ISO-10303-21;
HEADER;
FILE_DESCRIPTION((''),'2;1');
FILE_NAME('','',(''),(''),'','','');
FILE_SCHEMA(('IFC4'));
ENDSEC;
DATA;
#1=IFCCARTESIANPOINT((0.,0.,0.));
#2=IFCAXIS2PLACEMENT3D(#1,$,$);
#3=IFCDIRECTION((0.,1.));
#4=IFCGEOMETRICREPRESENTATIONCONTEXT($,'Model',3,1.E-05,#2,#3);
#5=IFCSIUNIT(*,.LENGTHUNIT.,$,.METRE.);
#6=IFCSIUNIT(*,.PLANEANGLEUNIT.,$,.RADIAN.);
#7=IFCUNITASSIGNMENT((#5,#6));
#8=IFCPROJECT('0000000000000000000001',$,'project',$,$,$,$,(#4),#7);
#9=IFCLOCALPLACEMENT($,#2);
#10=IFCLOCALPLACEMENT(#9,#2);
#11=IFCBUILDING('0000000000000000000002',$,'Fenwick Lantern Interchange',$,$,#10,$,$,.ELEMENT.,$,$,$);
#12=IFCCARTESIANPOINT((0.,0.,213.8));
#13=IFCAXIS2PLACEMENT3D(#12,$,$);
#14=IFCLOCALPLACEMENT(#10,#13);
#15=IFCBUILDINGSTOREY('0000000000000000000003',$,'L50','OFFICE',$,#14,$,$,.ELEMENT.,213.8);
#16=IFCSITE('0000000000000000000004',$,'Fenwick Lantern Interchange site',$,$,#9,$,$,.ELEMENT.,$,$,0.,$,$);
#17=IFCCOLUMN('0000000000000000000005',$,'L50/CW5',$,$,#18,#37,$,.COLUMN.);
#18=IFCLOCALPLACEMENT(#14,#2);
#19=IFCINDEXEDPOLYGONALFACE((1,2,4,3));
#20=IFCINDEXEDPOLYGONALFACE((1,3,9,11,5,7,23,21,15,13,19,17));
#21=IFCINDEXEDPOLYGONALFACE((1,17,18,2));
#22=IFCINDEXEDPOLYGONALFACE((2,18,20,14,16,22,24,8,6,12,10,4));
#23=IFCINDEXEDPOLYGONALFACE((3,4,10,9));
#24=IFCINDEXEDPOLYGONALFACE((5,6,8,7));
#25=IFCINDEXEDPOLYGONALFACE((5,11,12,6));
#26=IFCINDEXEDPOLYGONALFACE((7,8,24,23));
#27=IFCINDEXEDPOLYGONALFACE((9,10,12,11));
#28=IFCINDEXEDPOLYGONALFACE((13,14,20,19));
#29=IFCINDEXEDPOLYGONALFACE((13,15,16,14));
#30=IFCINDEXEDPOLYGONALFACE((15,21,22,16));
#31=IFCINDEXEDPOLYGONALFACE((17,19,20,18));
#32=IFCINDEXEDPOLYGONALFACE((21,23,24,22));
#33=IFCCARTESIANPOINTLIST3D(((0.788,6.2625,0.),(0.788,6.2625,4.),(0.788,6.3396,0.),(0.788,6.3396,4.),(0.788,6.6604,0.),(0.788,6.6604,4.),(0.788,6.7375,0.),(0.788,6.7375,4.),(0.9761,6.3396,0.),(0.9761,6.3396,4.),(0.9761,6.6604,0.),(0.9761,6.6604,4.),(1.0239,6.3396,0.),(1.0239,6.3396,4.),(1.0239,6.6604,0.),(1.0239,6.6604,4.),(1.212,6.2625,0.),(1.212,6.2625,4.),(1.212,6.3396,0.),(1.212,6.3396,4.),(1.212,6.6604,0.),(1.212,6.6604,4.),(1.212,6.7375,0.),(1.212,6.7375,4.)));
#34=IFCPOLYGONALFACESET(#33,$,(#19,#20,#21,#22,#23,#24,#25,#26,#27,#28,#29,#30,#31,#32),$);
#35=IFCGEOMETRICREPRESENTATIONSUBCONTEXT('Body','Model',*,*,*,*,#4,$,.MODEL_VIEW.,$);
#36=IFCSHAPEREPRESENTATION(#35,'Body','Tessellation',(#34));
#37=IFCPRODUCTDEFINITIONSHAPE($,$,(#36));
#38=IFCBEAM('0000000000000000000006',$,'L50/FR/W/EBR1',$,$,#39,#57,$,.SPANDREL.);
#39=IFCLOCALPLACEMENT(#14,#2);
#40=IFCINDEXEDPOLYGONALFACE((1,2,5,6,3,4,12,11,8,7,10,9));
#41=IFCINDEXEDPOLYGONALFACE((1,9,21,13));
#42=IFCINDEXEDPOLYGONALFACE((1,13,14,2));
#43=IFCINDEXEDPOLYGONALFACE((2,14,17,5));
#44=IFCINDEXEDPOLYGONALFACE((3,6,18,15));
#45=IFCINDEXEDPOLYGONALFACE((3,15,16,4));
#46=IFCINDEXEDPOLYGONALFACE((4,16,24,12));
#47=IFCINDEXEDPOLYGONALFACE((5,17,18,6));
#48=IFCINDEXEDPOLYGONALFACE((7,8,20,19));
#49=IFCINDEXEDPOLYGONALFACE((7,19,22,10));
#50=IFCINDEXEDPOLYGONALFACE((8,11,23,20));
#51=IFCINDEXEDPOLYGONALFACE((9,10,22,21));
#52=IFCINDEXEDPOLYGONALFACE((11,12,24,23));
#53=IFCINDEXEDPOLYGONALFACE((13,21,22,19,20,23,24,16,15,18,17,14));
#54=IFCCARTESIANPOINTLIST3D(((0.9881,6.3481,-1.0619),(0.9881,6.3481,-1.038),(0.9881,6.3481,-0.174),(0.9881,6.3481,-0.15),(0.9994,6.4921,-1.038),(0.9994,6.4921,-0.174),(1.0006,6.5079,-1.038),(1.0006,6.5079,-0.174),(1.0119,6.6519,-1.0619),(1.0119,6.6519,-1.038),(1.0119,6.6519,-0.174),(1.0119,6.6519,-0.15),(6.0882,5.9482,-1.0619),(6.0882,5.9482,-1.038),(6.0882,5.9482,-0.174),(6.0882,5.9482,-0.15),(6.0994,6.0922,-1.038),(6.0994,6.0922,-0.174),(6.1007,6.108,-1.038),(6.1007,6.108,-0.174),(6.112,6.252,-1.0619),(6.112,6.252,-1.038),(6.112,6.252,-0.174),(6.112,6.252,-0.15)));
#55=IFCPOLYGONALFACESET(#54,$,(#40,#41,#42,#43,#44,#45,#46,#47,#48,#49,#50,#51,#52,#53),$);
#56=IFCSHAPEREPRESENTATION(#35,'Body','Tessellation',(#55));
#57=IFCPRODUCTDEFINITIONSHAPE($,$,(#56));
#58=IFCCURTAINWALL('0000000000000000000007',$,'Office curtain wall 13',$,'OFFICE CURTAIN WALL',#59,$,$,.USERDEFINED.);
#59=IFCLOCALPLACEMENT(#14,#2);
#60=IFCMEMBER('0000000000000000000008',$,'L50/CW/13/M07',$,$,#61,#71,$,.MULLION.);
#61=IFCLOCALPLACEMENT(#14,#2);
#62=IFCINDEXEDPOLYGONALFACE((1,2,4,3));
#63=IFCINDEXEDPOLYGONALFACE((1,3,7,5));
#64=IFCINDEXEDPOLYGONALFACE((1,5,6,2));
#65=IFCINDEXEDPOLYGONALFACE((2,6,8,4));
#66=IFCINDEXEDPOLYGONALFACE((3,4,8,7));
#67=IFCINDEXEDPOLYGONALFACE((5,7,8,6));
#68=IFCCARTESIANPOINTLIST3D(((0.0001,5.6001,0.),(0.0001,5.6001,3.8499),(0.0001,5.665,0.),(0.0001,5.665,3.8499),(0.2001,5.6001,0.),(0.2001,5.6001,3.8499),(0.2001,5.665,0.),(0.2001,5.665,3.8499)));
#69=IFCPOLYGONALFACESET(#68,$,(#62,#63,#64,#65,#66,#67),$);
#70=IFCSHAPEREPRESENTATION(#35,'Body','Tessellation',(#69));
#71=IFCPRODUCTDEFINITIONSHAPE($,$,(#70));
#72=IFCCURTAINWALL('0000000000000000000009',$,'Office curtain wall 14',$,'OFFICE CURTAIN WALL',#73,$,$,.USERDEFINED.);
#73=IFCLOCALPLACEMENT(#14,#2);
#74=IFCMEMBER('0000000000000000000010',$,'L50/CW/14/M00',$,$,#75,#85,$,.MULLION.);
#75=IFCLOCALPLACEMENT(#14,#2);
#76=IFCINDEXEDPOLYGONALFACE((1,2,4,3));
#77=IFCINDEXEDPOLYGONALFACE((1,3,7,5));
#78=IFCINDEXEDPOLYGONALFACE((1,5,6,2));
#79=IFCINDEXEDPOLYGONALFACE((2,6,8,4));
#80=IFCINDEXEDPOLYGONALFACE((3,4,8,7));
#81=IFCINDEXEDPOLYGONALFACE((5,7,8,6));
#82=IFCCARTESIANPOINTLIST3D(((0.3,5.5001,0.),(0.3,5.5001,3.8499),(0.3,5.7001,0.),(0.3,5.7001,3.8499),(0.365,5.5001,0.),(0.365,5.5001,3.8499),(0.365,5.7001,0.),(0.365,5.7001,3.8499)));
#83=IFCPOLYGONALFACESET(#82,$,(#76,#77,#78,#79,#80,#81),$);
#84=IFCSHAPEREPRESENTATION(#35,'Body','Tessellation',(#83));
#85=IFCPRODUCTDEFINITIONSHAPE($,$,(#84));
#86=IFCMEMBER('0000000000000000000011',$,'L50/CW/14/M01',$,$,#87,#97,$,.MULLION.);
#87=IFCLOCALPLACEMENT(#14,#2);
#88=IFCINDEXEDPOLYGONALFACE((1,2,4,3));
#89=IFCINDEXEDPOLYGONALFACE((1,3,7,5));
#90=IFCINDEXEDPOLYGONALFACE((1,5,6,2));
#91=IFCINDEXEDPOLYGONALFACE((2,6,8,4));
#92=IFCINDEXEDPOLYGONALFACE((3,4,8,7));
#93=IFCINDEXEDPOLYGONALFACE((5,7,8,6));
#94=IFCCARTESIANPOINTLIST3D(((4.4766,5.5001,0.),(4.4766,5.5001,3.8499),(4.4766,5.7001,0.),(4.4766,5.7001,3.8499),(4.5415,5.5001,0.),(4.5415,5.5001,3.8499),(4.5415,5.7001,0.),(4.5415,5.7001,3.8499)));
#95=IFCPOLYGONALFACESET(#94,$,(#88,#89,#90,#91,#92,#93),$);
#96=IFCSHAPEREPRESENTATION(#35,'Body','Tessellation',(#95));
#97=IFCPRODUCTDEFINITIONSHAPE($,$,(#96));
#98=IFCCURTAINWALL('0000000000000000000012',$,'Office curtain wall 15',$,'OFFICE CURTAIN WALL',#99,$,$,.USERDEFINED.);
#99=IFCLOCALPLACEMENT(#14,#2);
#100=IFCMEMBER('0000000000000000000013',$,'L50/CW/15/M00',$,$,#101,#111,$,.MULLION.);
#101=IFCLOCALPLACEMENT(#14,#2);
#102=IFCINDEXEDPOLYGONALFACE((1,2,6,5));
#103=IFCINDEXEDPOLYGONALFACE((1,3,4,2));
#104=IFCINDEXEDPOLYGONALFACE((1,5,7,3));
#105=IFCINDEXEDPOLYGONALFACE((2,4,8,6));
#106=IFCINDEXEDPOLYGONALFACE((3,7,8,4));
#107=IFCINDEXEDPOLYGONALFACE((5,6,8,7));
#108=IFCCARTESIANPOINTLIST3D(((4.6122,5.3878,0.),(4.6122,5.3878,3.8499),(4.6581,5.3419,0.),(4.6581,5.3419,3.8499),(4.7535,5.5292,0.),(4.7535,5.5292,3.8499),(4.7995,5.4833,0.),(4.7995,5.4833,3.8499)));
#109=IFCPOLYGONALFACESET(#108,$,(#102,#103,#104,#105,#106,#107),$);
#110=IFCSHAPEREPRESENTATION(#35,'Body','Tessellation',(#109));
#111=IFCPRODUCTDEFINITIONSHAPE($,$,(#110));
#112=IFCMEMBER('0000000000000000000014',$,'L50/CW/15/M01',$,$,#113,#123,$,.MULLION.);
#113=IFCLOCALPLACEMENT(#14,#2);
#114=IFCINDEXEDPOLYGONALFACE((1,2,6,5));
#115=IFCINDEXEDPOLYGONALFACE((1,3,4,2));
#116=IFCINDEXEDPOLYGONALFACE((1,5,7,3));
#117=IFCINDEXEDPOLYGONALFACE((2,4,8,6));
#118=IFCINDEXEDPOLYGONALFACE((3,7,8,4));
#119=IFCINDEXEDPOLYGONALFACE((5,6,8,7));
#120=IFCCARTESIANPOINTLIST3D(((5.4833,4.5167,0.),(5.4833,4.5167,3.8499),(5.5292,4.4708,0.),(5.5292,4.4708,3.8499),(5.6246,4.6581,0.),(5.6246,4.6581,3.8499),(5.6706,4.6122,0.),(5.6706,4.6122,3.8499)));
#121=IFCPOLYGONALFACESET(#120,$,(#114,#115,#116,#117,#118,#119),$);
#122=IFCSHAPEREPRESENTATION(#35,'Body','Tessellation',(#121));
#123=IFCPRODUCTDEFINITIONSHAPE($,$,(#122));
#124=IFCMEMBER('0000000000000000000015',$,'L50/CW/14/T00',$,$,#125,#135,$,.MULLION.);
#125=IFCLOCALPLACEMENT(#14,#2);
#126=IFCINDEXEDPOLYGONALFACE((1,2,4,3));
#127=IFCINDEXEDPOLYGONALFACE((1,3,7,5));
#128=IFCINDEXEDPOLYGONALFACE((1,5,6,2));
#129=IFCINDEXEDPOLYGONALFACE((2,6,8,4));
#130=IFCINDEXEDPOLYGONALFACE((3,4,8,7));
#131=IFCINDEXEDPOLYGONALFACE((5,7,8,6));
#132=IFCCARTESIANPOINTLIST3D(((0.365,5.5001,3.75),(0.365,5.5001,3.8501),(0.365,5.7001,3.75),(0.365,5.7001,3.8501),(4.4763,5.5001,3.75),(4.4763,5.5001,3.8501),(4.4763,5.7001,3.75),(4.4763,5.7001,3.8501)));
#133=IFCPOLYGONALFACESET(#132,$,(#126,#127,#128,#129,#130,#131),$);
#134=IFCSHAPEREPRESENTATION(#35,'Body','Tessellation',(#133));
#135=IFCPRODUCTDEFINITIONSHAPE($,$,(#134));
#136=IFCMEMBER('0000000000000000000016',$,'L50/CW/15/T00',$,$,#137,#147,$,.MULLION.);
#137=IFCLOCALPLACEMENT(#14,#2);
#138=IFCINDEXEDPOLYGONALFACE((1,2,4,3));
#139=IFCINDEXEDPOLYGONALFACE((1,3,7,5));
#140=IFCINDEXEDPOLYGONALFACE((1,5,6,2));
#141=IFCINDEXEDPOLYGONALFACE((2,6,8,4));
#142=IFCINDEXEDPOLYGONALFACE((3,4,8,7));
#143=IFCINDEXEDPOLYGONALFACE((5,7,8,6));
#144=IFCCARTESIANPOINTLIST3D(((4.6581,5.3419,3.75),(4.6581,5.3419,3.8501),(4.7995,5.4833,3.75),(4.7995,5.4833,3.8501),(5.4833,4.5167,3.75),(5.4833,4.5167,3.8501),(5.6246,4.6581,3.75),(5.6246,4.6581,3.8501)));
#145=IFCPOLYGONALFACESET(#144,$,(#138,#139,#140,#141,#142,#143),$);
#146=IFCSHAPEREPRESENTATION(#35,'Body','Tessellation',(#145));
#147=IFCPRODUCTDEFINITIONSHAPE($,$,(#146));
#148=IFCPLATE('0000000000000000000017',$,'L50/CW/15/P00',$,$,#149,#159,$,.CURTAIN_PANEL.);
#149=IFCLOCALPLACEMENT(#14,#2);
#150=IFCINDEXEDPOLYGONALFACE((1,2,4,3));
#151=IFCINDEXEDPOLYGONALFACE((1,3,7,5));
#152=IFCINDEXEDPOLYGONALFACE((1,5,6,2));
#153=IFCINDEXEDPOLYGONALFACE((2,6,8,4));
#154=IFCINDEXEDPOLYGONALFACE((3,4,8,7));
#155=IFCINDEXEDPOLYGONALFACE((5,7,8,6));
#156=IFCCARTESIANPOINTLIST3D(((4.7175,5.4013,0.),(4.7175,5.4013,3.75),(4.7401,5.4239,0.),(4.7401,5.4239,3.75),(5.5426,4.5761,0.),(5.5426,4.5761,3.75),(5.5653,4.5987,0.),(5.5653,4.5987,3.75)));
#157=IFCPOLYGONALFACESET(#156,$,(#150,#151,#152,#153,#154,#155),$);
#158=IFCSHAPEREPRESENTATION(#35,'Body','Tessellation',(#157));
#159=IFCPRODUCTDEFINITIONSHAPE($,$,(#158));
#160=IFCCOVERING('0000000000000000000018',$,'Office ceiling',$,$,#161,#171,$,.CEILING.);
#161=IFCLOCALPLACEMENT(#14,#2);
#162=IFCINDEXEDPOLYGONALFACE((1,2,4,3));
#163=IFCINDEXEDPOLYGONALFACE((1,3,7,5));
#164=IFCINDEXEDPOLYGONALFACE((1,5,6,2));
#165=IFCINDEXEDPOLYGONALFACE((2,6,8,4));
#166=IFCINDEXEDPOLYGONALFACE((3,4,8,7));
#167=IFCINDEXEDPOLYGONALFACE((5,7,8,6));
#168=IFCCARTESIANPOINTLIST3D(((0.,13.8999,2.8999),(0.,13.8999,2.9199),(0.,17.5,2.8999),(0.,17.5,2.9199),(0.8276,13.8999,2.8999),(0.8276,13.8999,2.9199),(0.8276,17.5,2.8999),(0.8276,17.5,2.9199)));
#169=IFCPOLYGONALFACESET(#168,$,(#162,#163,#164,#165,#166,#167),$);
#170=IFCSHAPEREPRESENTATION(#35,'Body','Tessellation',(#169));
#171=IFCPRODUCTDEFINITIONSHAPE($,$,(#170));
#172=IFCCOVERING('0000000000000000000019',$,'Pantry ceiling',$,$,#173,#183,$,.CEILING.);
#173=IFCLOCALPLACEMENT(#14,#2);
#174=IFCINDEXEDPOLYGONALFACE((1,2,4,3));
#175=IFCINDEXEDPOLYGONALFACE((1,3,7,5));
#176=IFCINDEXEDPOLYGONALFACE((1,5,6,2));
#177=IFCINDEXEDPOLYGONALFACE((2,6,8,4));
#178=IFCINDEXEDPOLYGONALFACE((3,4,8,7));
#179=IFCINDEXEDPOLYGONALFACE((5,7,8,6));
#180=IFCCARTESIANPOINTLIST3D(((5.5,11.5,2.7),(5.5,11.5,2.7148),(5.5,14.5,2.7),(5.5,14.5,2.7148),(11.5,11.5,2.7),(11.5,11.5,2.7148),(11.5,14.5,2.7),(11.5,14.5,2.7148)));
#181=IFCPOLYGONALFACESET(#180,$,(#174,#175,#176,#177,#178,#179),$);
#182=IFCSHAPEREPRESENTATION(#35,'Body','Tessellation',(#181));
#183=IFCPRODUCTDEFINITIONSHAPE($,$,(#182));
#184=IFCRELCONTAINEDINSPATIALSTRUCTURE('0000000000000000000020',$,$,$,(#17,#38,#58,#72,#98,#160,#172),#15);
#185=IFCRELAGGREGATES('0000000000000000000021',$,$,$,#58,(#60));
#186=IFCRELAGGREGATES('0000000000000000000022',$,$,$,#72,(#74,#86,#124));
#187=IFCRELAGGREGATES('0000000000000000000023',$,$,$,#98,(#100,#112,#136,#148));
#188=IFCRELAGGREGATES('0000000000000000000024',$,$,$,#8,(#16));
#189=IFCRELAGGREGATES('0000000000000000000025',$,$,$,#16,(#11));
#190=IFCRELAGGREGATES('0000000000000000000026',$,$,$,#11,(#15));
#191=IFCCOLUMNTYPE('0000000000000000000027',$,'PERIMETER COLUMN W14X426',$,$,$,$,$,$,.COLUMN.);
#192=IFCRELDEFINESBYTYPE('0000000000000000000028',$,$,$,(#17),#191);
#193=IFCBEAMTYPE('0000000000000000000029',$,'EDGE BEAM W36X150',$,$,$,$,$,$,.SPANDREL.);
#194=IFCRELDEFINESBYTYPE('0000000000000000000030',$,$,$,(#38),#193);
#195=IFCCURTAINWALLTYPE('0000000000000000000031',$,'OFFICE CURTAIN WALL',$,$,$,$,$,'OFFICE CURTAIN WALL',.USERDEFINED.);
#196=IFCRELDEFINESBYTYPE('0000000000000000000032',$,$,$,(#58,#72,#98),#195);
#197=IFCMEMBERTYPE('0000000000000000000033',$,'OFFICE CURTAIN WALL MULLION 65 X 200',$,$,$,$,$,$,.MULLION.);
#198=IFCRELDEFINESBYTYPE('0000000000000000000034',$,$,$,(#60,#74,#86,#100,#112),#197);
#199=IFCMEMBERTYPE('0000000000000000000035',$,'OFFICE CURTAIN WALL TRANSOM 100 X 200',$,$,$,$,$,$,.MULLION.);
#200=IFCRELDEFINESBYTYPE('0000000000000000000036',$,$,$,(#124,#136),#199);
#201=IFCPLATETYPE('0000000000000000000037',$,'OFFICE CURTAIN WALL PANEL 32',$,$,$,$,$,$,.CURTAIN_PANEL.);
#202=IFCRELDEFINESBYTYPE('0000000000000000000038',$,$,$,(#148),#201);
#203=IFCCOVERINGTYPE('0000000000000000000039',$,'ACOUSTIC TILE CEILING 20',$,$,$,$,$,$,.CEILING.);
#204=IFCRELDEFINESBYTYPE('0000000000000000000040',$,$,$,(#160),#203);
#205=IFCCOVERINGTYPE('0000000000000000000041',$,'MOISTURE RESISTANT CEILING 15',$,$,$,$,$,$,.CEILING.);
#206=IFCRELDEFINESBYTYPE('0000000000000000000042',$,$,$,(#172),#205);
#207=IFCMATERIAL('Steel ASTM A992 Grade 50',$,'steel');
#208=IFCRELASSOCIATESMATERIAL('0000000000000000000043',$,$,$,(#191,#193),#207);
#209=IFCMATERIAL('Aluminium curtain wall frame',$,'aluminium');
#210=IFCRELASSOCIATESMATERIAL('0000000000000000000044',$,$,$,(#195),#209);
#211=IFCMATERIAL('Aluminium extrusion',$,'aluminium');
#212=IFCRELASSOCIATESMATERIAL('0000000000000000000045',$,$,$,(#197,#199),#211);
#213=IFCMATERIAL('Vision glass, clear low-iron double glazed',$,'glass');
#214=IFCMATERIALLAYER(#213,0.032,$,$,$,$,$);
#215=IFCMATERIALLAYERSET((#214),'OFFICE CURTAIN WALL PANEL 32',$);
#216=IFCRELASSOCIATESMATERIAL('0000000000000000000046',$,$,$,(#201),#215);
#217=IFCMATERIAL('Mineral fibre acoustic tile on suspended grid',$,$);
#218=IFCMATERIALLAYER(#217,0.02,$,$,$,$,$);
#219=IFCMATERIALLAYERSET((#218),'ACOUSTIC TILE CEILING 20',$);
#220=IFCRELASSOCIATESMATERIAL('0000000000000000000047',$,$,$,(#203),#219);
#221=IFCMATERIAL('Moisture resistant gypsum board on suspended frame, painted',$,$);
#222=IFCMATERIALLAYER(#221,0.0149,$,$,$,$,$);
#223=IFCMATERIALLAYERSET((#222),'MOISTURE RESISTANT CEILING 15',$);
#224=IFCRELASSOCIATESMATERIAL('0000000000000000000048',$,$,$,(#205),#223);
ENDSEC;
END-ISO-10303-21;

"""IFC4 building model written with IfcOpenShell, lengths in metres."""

from ifc_helpers import new_model, si_unit, direction, frame, origin, origin_2d, place, context, subcontext, project, spatial, polyline, rectangle, i_section, outline, extrude, material, layer, layer_set, material_profile, profile_set, type_object, element, aggregate, save


model = new_model("IFC4")

# Units and contexts
model_context = context("Model", 3, precision=1e-05, world=origin(), true_north=direction((0.0, 1.0)))
body_context = subcontext(model_context, "Body", "Model", "MODEL_VIEW")
ifc_project = project(units=[si_unit("LENGTHUNIT", "METRE"), si_unit("PLANEANGLEUNIT", "RADIAN")], contexts=[model_context])

# Site, building, storey
site_placement = place(None, origin())
site = spatial("IfcSite", under=ifc_project, at=site_placement, Name="Fenwick Lantern Interchange site", CompositionType="ELEMENT", RefElevation=0.0)
building_placement = place(site_placement, origin())
building = spatial("IfcBuilding", under=site, at=building_placement, Name="Fenwick Lantern Interchange", CompositionType="ELEMENT")
storey_placement = place(building_placement, frame((0.0, 0.0, 213.8)))
storey = spatial("IfcBuildingStorey", under=building, at=storey_placement, Name="L50", Description="OFFICE", CompositionType="ELEMENT", Elevation=213.8)

# Column
ifc_material_1 = material(Name="Steel ASTM A992 Grade 50", Category="steel")
ifc_material_profile_1 = material_profile(ifc_material_1, i_section(OverallWidth=0.4241, OverallDepth=0.4751, WebThickness=0.0479, FlangeThickness=0.0771, at=origin_2d()), Name="W14X426")
ifc_profile_set_1 = profile_set([ifc_material_profile_1], Name="Steel ASTM A992 Grade 50")
column_type = type_object("IfcColumnType", Name="PERIMETER COLUMN W14X426", PredefinedType="COLUMN", material=ifc_profile_set_1)
column_placement = place(storey_placement, frame((1.0, 6.5, 0.0), z_axis=(0.0, 0.0, 1.0), x_axis=(1.0, 0.0, 0.0)))
element("IfcColumn", 1, at=column_placement, inside=storey, type_object=column_type, Name="L50/CW5", PredefinedType="COLUMN", context=body_context, shape_type="SweptSolid", body=[
    extrude(i_section(OverallWidth=0.4241, OverallDepth=0.4751, WebThickness=0.0479, FlangeThickness=0.0771, at=origin_2d()), origin(), (0.0, 0.0, 1.0), 4.0),
])

# Beam
ifc_material_profile_2 = material_profile(ifc_material_1, i_section(OverallWidth=0.3047, OverallDepth=0.9119, WebThickness=0.0159, FlangeThickness=0.0239, at=origin_2d()), Name="W36X150")
ifc_profile_set_2 = profile_set([ifc_material_profile_2], Name="Steel ASTM A992 Grade 50")
beam_type = type_object("IfcBeamType", Name="EDGE BEAM W36X150", PredefinedType="SPANDREL", material=ifc_profile_set_2)
beam_placement = place(storey_placement, frame((1.0, 6.5, -0.606), z_axis=(0.99694, -0.078171, 0.0), x_axis=(0.078171, 0.99694, 0.0)))
element("IfcBeam", 2, at=beam_placement, inside=storey, type_object=beam_type, Name="L50/FR/W/EBR1", PredefinedType="SPANDREL", context=body_context, shape_type="SweptSolid", body=[
    extrude(i_section(OverallWidth=0.3047, OverallDepth=0.9119, WebThickness=0.0159, FlangeThickness=0.0239, at=origin_2d()), origin(), (0.0, 0.0, 1.0), 5.1157),
])

# Curtain wall, member
ifc_material_2 = material(Name="Aluminium curtain wall frame", Category="aluminium")
curtain_wall_type = type_object("IfcCurtainWallType", Name="OFFICE CURTAIN WALL", ElementType="OFFICE CURTAIN WALL", PredefinedType="USERDEFINED", material=ifc_material_2)
curtain_wall_1_placement = place(storey_placement, origin())
curtain_wall_1 = element("IfcCurtainWall", 3, at=curtain_wall_1_placement, inside=storey, type_object=curtain_wall_type, Name="Office curtain wall 13", ObjectType="OFFICE CURTAIN WALL", PredefinedType="USERDEFINED")
ifc_material_3 = material(Name="Aluminium extrusion", Category="aluminium")
ifc_material_profile_3 = material_profile(ifc_material_3, rectangle(XDim=0.2, YDim=0.0649, at=origin_2d()), Name="OFFICE CURTAIN WALL MULLION 65 X 200")
ifc_profile_set_3 = profile_set([ifc_material_profile_3], Name="Aluminium extrusion")
member_type_1 = type_object("IfcMemberType", Name="OFFICE CURTAIN WALL MULLION 65 X 200", PredefinedType="MULLION", material=ifc_profile_set_3)
member_1_placement = place(storey_placement, frame((0.1001, 5.6326, 0.0), z_axis=(0.0, 0.0, 1.0), x_axis=(1.0, 0.0, 0.0)))
member_1 = element("IfcMember", 4, at=member_1_placement, type_object=member_type_1, Name="L50/CW/13/M07", PredefinedType="MULLION", context=body_context, shape_type="SweptSolid", body=[
    extrude(rectangle(XDim=0.2, YDim=0.0649, at=origin_2d()), origin(), (0.0, 0.0, 1.0), 3.8499),
])
aggregate(curtain_wall_1, [member_1])

# Curtain walls, members
curtain_wall_2_placement = place(storey_placement, origin())
curtain_wall_2 = element("IfcCurtainWall", 5, at=curtain_wall_2_placement, inside=storey, type_object=curtain_wall_type, Name="Office curtain wall 14", ObjectType="OFFICE CURTAIN WALL", PredefinedType="USERDEFINED")
member_2_placement = place(storey_placement, frame((0.3325, 5.6001, 0.0), z_axis=(0.0, 0.0, 1.0), x_axis=(0.0, 1.0, 0.0)))
member_2 = element("IfcMember", 6, at=member_2_placement, type_object=member_type_1, Name="L50/CW/14/M00", PredefinedType="MULLION", context=body_context, shape_type="SweptSolid", body=[
    extrude(rectangle(XDim=0.2, YDim=0.0649, at=origin_2d()), origin(), (0.0, 0.0, 1.0), 3.8499),
])
member_3_placement = place(storey_placement, frame((4.509, 5.6001, 0.0), z_axis=(0.0, 0.0, 1.0), x_axis=(0.0, 1.0, 0.0)))
member_3 = element("IfcMember", 7, at=member_3_placement, type_object=member_type_1, Name="L50/CW/14/M01", PredefinedType="MULLION", context=body_context, shape_type="SweptSolid", body=[
    extrude(rectangle(XDim=0.2, YDim=0.0649, at=origin_2d()), origin(), (0.0, 0.0, 1.0), 3.8499),
])
curtain_wall_3_placement = place(storey_placement, origin())
curtain_wall_3 = element("IfcCurtainWall", 8, at=curtain_wall_3_placement, inside=storey, type_object=curtain_wall_type, Name="Office curtain wall 15", ObjectType="OFFICE CURTAIN WALL", PredefinedType="USERDEFINED")
member_4_placement = place(storey_placement, frame((4.7058, 5.4355, 0.0), z_axis=(0.0, 0.0, 1.0), x_axis=(0.707107, 0.707107, 0.0)))
member_4 = element("IfcMember", 9, at=member_4_placement, type_object=member_type_1, Name="L50/CW/15/M00", PredefinedType="MULLION", context=body_context, shape_type="SweptSolid", body=[
    extrude(rectangle(XDim=0.2, YDim=0.0649, at=origin_2d()), origin(), (0.0, 0.0, 1.0), 3.8499),
])
member_5_placement = place(storey_placement, frame((5.5769, 4.5645, 0.0), z_axis=(0.0, 0.0, 1.0), x_axis=(0.707107, 0.707107, 0.0)))
member_5 = element("IfcMember", 10, at=member_5_placement, type_object=member_type_1, Name="L50/CW/15/M01", PredefinedType="MULLION", context=body_context, shape_type="SweptSolid", body=[
    extrude(rectangle(XDim=0.2, YDim=0.0649, at=origin_2d()), origin(), (0.0, 0.0, 1.0), 3.8499),
])

# Members
ifc_material_profile_4 = material_profile(ifc_material_3, rectangle(XDim=0.2, YDim=0.1001, at=origin_2d()), Name="OFFICE CURTAIN WALL TRANSOM 100 X 200")
ifc_profile_set_4 = profile_set([ifc_material_profile_4], Name="Aluminium extrusion")
member_type_2 = type_object("IfcMemberType", Name="OFFICE CURTAIN WALL TRANSOM 100 X 200", PredefinedType="MULLION", material=ifc_profile_set_4)
member_6_placement = place(storey_placement, frame((0.365, 5.6001, 3.8), z_axis=(1.0, 0.0, 0.0), x_axis=(0.0, 1.0, 0.0)))
member_6 = element("IfcMember", 11, at=member_6_placement, type_object=member_type_2, Name="L50/CW/14/T00", PredefinedType="MULLION", context=body_context, shape_type="SweptSolid", body=[
    extrude(rectangle(XDim=0.2, YDim=0.1001, at=origin_2d()), origin(), (0.0, 0.0, 1.0), 4.1113),
])
member_7_placement = place(storey_placement, frame((4.7288, 5.4126, 3.8), z_axis=(0.707107, -0.707107, 0.0), x_axis=(0.707107, 0.707107, 0.0)))
member_7 = element("IfcMember", 12, at=member_7_placement, type_object=member_type_2, Name="L50/CW/15/T00", PredefinedType="MULLION", context=body_context, shape_type="SweptSolid", body=[
    extrude(rectangle(XDim=0.2, YDim=0.1001, at=origin_2d()), origin(), (0.0, 0.0, 1.0), 1.167),
])

# Shared definitions
ifc_material_4 = material(Name="Vision glass, clear low-iron double glazed", Category="glass")
ifc_layer_1 = layer(ifc_material_4, 0.032)
ifc_layer_set_1 = layer_set([ifc_layer_1], Name="OFFICE CURTAIN WALL PANEL 32")
plate_type = type_object("IfcPlateType", Name="OFFICE CURTAIN WALL PANEL 32", PredefinedType="CURTAIN_PANEL", material=ifc_layer_set_1)

# Plate
aggregate(curtain_wall_2, [member_2, member_3, member_6])
plate_1_placement = place(storey_placement, frame((5.1414, 5.0, 0.0), z_axis=(0.0, 0.0, 1.0), x_axis=(0.707107, -0.707107, 0.0)))
plate_1 = element("IfcPlate", 13, at=plate_1_placement, type_object=plate_type, Name="L50/CW/15/P00", PredefinedType="CURTAIN_PANEL", context=body_context, shape_type="SweptSolid", body=[
    extrude(rectangle(XDim=1.167, YDim=0.032, at=origin_2d()), origin(), (0.0, 0.0, 1.0), 3.75),
])
aggregate(curtain_wall_3, [member_4, member_5, member_7, plate_1])

# Coverings
ifc_material_5 = material(Name="Mineral fibre acoustic tile on suspended grid")
ifc_layer_2 = layer(ifc_material_5, 0.02)
ifc_layer_set_2 = layer_set([ifc_layer_2], Name="ACOUSTIC TILE CEILING 20")
covering_type_1 = type_object("IfcCoveringType", Name="ACOUSTIC TILE CEILING 20", PredefinedType="CEILING", material=ifc_layer_set_2)
covering_1_placement = place(storey_placement, frame((0.0, 0.0, 2.8999)))
element("IfcCovering", 14, at=covering_1_placement, inside=storey, type_object=covering_type_1, Name="Office ceiling", PredefinedType="CEILING", context=body_context, shape_type="SweptSolid", body=[
    extrude(outline(polyline([(0.8276, 17.5), (0.0, 17.5), (0.0, 13.8999), (0.8276, 13.8999), (0.8276, 17.5)])), origin(), (0.0, 0.0, 1.0), 0.02),
])
ifc_material_6 = material(Name="Moisture resistant gypsum board on suspended frame, painted")
ifc_layer_3 = layer(ifc_material_6, 0.0149)
ifc_layer_set_3 = layer_set([ifc_layer_3], Name="MOISTURE RESISTANT CEILING 15")
covering_type_2 = type_object("IfcCoveringType", Name="MOISTURE RESISTANT CEILING 15", PredefinedType="CEILING", material=ifc_layer_set_3)
covering_2_placement = place(storey_placement, frame((0.0, 0.0, 2.7)))
element("IfcCovering", 15, at=covering_2_placement, inside=storey, type_object=covering_type_2, Name="Pantry ceiling", PredefinedType="CEILING", context=body_context, shape_type="SweptSolid", body=[
    extrude(outline(polyline([(5.5, 14.5), (5.5, 11.5), (11.5, 11.5), (11.5, 14.5), (5.5, 14.5)])), origin(), (0.0, 0.0, 1.0), 0.0149),
])

save(model, "model.ifc")
